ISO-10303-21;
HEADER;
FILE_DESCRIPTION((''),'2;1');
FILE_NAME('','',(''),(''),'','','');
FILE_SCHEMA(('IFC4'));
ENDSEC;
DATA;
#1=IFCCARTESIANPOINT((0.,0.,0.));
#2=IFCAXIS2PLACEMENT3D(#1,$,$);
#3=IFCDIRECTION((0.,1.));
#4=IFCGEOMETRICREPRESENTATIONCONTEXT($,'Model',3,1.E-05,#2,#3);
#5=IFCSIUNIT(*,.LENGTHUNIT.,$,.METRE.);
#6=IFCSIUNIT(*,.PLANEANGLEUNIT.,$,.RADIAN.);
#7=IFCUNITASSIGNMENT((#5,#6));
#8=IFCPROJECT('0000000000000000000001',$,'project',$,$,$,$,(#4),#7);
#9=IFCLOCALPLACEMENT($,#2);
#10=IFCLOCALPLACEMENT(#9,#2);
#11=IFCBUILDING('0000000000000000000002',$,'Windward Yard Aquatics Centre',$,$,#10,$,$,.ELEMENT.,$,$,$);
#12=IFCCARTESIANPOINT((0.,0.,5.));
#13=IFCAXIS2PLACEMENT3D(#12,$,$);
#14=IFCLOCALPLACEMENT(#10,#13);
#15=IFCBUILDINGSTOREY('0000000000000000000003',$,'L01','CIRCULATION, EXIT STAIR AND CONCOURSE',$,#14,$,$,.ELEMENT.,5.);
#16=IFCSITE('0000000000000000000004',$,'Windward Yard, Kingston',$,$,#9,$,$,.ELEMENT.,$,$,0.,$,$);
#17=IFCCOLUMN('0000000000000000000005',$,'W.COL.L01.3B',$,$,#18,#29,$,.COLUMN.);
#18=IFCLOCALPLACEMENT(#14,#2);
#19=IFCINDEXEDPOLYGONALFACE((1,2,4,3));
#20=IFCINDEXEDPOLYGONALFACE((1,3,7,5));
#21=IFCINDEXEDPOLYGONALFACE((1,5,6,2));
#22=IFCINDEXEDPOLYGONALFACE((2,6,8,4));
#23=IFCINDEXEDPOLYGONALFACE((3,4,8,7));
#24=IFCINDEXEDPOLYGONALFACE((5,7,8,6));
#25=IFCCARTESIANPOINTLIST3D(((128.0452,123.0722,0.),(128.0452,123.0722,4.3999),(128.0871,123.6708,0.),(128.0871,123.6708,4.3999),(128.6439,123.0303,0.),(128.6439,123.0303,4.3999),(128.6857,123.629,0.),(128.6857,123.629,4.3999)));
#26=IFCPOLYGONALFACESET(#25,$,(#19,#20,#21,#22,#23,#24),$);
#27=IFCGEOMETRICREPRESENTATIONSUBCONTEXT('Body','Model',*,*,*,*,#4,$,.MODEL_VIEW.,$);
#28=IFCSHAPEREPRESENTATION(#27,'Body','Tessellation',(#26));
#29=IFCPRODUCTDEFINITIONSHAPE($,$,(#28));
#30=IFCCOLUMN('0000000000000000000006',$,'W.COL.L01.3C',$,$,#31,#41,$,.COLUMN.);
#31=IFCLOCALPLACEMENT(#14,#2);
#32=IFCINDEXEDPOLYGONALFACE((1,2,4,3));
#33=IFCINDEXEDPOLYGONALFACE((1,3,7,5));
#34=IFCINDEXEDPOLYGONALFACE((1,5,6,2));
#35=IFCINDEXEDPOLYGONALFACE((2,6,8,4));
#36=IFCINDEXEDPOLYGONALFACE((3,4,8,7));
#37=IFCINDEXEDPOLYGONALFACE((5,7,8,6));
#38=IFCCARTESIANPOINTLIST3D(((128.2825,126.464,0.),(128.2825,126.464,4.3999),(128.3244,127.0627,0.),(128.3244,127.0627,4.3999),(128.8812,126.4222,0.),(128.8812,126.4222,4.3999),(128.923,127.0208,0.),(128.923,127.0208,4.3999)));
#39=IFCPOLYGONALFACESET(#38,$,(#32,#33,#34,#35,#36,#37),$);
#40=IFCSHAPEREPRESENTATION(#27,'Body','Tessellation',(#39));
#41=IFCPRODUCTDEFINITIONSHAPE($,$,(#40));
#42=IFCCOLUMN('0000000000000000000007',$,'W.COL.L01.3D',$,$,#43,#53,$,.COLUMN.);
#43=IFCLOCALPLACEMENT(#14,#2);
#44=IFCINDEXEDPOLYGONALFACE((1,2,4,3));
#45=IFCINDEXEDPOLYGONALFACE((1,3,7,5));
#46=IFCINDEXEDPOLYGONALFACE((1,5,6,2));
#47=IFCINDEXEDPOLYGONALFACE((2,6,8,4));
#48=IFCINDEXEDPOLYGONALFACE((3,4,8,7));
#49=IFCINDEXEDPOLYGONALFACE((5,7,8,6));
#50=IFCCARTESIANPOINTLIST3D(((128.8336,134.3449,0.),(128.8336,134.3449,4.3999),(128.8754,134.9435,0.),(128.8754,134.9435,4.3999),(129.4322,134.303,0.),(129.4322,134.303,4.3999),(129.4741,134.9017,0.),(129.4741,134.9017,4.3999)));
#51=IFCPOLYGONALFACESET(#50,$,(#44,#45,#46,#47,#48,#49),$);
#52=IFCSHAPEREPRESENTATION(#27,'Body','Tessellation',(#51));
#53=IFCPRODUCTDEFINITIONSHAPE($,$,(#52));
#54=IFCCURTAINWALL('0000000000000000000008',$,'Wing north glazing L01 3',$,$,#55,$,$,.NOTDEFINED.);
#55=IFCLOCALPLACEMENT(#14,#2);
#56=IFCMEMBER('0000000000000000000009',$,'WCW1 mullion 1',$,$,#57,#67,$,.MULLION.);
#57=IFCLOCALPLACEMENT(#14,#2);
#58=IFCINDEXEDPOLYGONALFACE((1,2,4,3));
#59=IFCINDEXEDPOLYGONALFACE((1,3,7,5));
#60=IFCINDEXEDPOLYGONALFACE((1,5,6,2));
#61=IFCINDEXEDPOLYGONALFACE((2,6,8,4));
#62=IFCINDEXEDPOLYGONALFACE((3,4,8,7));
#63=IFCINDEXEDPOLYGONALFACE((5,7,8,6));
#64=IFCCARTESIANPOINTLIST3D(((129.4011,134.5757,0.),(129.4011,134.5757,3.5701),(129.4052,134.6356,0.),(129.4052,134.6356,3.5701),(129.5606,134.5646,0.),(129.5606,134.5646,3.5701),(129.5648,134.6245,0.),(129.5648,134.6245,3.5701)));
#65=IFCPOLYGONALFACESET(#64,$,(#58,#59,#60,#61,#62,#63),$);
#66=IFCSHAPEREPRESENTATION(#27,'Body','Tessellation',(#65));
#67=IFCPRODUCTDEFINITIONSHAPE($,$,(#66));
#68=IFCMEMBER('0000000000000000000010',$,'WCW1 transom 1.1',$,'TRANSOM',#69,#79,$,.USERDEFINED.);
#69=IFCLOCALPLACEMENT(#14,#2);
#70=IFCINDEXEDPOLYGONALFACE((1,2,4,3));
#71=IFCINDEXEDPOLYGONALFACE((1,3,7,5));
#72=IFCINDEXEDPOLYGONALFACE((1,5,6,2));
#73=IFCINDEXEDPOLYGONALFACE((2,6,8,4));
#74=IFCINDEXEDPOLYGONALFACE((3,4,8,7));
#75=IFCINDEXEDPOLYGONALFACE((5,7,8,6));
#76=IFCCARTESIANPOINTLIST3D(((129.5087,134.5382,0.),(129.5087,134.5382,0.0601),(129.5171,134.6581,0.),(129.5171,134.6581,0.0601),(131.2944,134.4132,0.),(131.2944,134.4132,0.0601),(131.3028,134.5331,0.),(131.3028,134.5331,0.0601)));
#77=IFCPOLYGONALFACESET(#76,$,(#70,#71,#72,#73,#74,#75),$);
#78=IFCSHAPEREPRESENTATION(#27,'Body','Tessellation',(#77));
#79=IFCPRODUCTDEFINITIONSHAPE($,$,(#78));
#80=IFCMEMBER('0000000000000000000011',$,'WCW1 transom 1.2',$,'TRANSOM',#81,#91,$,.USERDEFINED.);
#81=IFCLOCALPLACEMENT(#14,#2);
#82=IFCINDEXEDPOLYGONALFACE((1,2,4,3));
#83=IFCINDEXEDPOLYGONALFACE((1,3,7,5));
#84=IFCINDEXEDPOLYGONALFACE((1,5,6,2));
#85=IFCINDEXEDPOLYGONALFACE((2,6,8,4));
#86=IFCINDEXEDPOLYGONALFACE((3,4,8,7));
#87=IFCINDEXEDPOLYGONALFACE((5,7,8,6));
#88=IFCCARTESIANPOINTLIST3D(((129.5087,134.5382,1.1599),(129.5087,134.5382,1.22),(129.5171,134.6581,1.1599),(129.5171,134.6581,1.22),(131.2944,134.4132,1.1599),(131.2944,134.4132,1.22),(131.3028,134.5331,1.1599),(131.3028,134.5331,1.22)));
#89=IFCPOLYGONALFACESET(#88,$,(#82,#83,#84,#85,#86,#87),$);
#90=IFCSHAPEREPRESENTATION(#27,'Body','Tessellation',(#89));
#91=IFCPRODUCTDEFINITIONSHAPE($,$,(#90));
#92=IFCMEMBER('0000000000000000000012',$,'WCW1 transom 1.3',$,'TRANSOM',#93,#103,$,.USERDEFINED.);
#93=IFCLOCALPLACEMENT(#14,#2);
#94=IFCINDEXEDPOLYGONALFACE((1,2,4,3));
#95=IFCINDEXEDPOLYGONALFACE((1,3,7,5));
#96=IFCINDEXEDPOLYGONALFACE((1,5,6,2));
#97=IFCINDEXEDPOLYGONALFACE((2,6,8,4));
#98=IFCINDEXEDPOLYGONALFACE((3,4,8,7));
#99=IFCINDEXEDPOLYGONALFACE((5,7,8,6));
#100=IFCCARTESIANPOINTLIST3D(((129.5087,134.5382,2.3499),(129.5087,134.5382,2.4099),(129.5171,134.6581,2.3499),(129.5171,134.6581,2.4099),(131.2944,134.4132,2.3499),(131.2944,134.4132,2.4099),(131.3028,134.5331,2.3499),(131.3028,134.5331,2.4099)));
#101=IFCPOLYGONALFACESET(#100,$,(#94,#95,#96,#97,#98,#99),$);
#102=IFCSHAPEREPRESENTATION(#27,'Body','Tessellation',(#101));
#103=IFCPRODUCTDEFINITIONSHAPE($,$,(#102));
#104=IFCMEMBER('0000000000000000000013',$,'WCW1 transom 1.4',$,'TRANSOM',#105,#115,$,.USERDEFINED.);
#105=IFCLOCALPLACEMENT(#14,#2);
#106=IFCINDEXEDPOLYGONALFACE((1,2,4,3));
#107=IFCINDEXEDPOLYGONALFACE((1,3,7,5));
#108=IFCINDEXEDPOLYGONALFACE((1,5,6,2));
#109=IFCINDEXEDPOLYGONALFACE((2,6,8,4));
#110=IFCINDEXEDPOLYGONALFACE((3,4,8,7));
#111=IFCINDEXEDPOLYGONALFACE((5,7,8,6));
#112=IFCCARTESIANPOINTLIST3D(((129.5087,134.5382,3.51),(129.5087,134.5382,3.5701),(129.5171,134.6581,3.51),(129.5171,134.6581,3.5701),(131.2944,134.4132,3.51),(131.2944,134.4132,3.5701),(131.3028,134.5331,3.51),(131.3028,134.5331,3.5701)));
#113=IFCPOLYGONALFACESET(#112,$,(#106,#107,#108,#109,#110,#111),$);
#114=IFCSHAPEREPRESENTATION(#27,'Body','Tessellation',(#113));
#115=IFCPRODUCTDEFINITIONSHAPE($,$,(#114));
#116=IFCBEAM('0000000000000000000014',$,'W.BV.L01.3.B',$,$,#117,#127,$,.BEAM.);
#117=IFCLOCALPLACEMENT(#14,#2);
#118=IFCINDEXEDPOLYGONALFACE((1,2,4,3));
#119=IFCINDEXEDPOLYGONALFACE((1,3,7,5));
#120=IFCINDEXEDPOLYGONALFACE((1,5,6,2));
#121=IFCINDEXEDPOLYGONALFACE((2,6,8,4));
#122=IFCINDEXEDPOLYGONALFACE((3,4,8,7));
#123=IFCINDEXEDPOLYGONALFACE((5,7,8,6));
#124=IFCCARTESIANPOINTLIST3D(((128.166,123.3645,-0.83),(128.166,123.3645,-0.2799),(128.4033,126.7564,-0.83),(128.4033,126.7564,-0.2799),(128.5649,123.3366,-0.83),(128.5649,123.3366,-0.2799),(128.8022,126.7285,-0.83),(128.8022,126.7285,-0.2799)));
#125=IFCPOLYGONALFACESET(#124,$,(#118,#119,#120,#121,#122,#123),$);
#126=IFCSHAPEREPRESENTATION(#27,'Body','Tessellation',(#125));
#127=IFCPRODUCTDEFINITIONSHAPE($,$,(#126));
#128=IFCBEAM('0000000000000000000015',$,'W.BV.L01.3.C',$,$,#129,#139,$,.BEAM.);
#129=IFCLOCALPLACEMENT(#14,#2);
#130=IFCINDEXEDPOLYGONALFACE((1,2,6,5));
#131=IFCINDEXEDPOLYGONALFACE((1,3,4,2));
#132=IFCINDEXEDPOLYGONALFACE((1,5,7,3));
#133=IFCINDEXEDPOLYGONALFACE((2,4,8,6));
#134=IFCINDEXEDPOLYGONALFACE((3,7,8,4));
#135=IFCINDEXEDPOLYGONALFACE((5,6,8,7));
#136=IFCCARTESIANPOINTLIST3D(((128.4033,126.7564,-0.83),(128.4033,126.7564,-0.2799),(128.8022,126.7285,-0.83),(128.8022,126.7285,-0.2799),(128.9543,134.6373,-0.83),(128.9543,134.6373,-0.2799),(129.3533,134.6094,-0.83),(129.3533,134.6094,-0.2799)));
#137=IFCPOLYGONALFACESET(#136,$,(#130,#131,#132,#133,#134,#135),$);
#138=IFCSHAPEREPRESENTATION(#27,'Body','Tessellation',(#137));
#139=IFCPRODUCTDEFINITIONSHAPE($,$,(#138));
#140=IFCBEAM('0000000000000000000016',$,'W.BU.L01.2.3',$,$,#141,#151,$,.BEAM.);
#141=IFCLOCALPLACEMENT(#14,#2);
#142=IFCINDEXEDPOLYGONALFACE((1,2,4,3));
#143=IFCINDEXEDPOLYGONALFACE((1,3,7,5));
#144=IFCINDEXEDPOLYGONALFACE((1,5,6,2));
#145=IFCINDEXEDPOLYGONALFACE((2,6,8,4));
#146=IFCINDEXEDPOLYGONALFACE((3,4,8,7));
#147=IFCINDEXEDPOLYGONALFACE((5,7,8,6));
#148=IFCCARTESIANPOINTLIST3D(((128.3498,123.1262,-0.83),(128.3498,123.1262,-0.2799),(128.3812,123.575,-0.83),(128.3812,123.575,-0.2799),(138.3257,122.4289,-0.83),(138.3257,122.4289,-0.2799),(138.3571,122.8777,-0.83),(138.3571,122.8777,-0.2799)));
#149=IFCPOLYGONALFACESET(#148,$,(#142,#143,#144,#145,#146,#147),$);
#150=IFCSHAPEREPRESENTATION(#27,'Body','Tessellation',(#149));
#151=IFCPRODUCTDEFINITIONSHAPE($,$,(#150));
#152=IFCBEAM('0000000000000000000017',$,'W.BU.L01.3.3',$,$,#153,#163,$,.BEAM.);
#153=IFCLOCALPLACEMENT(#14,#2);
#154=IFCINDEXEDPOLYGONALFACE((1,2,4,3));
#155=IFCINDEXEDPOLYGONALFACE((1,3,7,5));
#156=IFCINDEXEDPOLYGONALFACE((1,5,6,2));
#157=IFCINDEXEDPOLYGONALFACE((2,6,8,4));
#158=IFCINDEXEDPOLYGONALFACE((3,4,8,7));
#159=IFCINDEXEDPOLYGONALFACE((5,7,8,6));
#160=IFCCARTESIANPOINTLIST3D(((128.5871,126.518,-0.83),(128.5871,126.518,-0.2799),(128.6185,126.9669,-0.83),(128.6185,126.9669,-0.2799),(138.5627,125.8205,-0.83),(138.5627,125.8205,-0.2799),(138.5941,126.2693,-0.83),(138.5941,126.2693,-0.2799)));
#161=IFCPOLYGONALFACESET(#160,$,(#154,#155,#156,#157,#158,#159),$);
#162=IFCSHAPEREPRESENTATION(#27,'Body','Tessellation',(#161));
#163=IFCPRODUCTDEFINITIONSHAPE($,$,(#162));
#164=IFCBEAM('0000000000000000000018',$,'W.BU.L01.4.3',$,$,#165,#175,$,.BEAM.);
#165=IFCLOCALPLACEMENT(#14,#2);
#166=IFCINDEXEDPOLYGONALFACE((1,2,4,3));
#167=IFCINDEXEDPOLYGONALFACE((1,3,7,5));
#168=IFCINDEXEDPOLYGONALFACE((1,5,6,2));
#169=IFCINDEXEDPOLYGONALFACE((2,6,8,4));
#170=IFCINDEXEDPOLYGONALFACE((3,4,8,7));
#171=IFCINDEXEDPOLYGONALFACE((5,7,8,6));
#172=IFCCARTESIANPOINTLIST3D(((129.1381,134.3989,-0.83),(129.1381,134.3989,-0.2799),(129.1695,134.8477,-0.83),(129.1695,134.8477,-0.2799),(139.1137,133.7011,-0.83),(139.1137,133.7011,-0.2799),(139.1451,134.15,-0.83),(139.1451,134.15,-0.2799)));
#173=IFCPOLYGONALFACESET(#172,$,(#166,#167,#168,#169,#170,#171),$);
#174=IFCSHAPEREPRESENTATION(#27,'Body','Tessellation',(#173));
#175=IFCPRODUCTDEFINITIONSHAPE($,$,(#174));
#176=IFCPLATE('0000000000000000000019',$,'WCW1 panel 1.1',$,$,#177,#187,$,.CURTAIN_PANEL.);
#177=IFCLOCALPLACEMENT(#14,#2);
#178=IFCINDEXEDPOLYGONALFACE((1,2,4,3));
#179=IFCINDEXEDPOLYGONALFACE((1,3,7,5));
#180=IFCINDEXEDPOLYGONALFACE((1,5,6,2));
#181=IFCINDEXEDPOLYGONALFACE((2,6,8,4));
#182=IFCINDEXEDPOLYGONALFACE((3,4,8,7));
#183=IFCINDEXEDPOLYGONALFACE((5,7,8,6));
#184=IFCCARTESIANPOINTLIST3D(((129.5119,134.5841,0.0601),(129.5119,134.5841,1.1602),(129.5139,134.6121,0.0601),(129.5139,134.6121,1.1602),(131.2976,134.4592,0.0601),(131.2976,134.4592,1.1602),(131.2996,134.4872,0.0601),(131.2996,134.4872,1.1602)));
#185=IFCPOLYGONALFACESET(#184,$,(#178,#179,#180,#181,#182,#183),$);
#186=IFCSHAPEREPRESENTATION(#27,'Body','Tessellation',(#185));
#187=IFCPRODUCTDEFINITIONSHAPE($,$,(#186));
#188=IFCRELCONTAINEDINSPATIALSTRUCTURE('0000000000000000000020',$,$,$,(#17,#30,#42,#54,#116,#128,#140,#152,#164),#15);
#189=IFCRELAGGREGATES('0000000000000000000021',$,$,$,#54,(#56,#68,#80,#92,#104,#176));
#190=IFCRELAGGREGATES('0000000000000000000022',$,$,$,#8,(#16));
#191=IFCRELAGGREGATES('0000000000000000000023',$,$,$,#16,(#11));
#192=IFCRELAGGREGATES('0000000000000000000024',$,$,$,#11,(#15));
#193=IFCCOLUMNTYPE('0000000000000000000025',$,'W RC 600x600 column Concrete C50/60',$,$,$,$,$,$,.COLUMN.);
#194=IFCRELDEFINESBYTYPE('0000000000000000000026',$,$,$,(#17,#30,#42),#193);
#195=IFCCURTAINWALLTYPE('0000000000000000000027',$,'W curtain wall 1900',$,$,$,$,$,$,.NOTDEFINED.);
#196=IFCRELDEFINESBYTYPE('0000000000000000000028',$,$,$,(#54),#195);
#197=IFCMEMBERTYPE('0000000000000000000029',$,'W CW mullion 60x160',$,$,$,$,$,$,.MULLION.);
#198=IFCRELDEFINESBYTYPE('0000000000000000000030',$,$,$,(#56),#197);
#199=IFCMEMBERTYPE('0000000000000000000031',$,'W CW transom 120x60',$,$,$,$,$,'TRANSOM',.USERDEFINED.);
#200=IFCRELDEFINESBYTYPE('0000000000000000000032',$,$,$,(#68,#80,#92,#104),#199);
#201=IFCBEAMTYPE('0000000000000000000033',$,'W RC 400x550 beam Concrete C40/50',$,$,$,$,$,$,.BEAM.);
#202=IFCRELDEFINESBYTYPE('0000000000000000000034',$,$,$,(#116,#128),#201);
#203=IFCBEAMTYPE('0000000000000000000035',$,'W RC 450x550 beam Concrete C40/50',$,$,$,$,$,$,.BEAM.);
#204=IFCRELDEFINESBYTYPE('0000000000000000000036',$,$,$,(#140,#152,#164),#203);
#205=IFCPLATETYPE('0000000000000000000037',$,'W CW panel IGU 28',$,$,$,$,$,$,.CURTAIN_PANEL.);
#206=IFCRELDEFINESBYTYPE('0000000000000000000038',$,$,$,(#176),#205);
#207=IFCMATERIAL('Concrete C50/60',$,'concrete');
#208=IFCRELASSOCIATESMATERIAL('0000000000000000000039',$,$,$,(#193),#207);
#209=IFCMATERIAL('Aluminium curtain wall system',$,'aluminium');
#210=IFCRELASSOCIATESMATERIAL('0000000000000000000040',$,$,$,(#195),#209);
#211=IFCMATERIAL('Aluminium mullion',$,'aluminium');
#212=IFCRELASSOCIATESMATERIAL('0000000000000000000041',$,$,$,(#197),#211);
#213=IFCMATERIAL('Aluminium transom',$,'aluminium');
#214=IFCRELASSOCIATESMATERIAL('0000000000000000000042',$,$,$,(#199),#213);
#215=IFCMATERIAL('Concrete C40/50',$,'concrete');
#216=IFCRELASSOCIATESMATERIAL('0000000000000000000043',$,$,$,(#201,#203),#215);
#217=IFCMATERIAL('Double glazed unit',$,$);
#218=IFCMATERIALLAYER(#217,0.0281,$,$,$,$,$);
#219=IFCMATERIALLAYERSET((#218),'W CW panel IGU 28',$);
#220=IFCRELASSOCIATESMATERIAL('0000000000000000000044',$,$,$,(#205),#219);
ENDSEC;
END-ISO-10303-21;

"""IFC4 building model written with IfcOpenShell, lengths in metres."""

from ifc_helpers import new_model, si_unit, direction, frame, origin, origin_2d, place, context, subcontext, project, spatial, rectangle, extrude, material, layer, layer_set, material_profile, profile_set, type_object, element, aggregate, save


model = new_model("IFC4")

# Units and contexts
model_context = context("Model", 3, precision=1e-05, world=origin(), true_north=direction((0.0, 1.0)))
body_context = subcontext(model_context, "Body", "Model", "MODEL_VIEW")
ifc_project = project(units=[si_unit("LENGTHUNIT", "METRE"), si_unit("PLANEANGLEUNIT", "RADIAN")], contexts=[model_context])

# Site, building, storey
site_placement = place(None, origin())
site = spatial("IfcSite", under=ifc_project, at=site_placement, Name="Windward Yard, Kingston", CompositionType="ELEMENT", RefElevation=0.0)
building_placement = place(site_placement, origin())
building = spatial("IfcBuilding", under=site, at=building_placement, Name="Windward Yard Aquatics Centre", CompositionType="ELEMENT")
storey_placement = place(building_placement, frame((0.0, 0.0, 5.0)))
storey = spatial("IfcBuildingStorey", under=building, at=storey_placement, Name="L01", Description="CIRCULATION, EXIT STAIR AND CONCOURSE", CompositionType="ELEMENT", Elevation=5.0)

# Columns
ifc_material_1 = material(Name="Concrete C50/60", Category="concrete")
ifc_material_profile_1 = material_profile(ifc_material_1, rectangle(XDim=0.6001, YDim=0.6001, at=origin_2d()), Name="RC 600x600")
ifc_profile_set_1 = profile_set([ifc_material_profile_1], Name="Concrete C50/60")
column_type = type_object("IfcColumnType", Name="W RC 600x600 column Concrete C50/60", PredefinedType="COLUMN", material=ifc_profile_set_1)
for number, where, z_axis, x_axis, name in (
    (1, (128.3655, 123.3506, 0.0), (0.0, 0.0, 1.0), (0.997564, -0.069756, 0.0), "W.COL.L01.3B"),
    (2, (128.6028, 126.7424, 0.0), (0.0, 0.0, 1.0), (0.997564, -0.069756, 0.0), "W.COL.L01.3C"),
    (3, (129.1538, 134.6233, 0.0), (0.0, 0.0, 1.0), (0.997564, -0.069756, 0.0), "W.COL.L01.3D"),
):
    element("IfcColumn", number, at=place(storey_placement, frame(where, z_axis=z_axis, x_axis=x_axis)), inside=storey, type_object=column_type, Name=name, PredefinedType="COLUMN", context=body_context, shape_type="SweptSolid", body=[
        extrude(rectangle(XDim=0.6001, YDim=0.6001, at=origin_2d()), origin(), (0.0, 0.0, 1.0), 4.3999),
    ])

# Curtain wall, members
ifc_material_2 = material(Name="Aluminium curtain wall system", Category="aluminium")
curtain_wall_type = type_object("IfcCurtainWallType", Name="W curtain wall 1900", PredefinedType="NOTDEFINED", material=ifc_material_2)
curtain_wall_placement = place(storey_placement, origin())
curtain_wall = element("IfcCurtainWall", 4, at=curtain_wall_placement, inside=storey, type_object=curtain_wall_type, Name="Wing north glazing L01 3", PredefinedType="NOTDEFINED")
ifc_material_3 = material(Name="Aluminium mullion", Category="aluminium")
ifc_material_profile_2 = material_profile(ifc_material_3, rectangle(XDim=0.0601, YDim=0.1599, at=origin_2d()), Name="AL 60x160")
ifc_profile_set_2 = profile_set([ifc_material_profile_2], Name="Aluminium mullion")
member_type_1 = type_object("IfcMemberType", Name="W CW mullion 60x160", PredefinedType="MULLION", material=ifc_profile_set_2)
member_1_placement = place(storey_placement, frame((129.4829, 134.6001, 0.0), z_axis=(0.0, 0.0, 1.0), x_axis=(0.069755, 0.997564, 0.0)))
member_1 = element("IfcMember", 5, at=member_1_placement, type_object=member_type_1, Name="WCW1 mullion 1", PredefinedType="MULLION", context=body_context, shape_type="SweptSolid", body=[
    extrude(rectangle(XDim=0.0601, YDim=0.1599, at=origin_2d()), origin(), (0.0, 0.0, 1.0), 3.5701),
])
ifc_material_4 = material(Name="Aluminium transom", Category="aluminium")
ifc_material_profile_3 = material_profile(ifc_material_4, rectangle(XDim=0.1201, YDim=0.0601, at=origin_2d()), Name="AL 120x60")
ifc_profile_set_3 = profile_set([ifc_material_profile_3], Name="Aluminium transom")
member_type_2 = type_object("IfcMemberType", Name="W CW transom 120x60", ElementType="TRANSOM", PredefinedType="USERDEFINED", material=ifc_profile_set_3)
member_2_placement = place(storey_placement, frame((129.5129, 134.5981, 0.03), z_axis=(0.997559, -0.069832, 0.0), x_axis=(0.069832, 0.997559, 0.0)))
member_2 = element("IfcMember", 6, at=member_2_placement, type_object=member_type_2, Name="WCW1 transom 1.1", ObjectType="TRANSOM", PredefinedType="USERDEFINED", context=body_context, shape_type="SweptSolid", body=[
    extrude(rectangle(XDim=0.1201, YDim=0.0601, at=origin_2d()), origin(), (0.0, 0.0, 1.0), 1.79),
])
member_3_placement = place(storey_placement, frame((129.5129, 134.5981, 1.1899), z_axis=(0.997559, -0.069832, 0.0), x_axis=(0.069832, 0.997559, 0.0)))
member_3 = element("IfcMember", 7, at=member_3_placement, type_object=member_type_2, Name="WCW1 transom 1.2", ObjectType="TRANSOM", PredefinedType="USERDEFINED", context=body_context, shape_type="SweptSolid", body=[
    extrude(rectangle(XDim=0.1201, YDim=0.0601, at=origin_2d()), origin(), (0.0, 0.0, 1.0), 1.79),
])
member_4_placement = place(storey_placement, frame((129.5129, 134.5981, 2.3799), z_axis=(0.997559, -0.069832, 0.0), x_axis=(0.069832, 0.997559, 0.0)))
member_4 = element("IfcMember", 8, at=member_4_placement, type_object=member_type_2, Name="WCW1 transom 1.3", ObjectType="TRANSOM", PredefinedType="USERDEFINED", context=body_context, shape_type="SweptSolid", body=[
    extrude(rectangle(XDim=0.1201, YDim=0.0601, at=origin_2d()), origin(), (0.0, 0.0, 1.0), 1.79),
])
member_5_placement = place(storey_placement, frame((129.5129, 134.5981, 3.54), z_axis=(0.997559, -0.069832, 0.0), x_axis=(0.069832, 0.997559, 0.0)))
member_5 = element("IfcMember", 9, at=member_5_placement, type_object=member_type_2, Name="WCW1 transom 1.4", ObjectType="TRANSOM", PredefinedType="USERDEFINED", context=body_context, shape_type="SweptSolid", body=[
    extrude(rectangle(XDim=0.1201, YDim=0.0601, at=origin_2d()), origin(), (0.0, 0.0, 1.0), 1.79),
])

# Beams
ifc_material_5 = material(Name="Concrete C40/50", Category="concrete")
ifc_material_profile_4 = material_profile(ifc_material_5, rectangle(XDim=0.3999, YDim=0.55, at=origin_2d()), Name="RC 400x550")
ifc_profile_set_4 = profile_set([ifc_material_profile_4], Name="Concrete C40/50")
beam_type_1 = type_object("IfcBeamType", Name="W RC 400x550 beam Concrete C40/50", PredefinedType="BEAM", material=ifc_profile_set_4)
beam_1_placement = place(storey_placement, frame((128.3655, 123.3506, -0.5549), z_axis=(0.069793, 0.997562, 0.0), x_axis=(-0.997562, 0.069793, 0.0)))
element("IfcBeam", 10, at=beam_1_placement, inside=storey, type_object=beam_type_1, Name="W.BV.L01.3.B", PredefinedType="BEAM", context=body_context, shape_type="SweptSolid", body=[
    extrude(rectangle(XDim=0.3999, YDim=0.55, at=origin_2d()), origin(), (0.0, 0.0, 1.0), 3.4001),
])
beam_2_placement = place(storey_placement, frame((128.6028, 126.7424, -0.5549), z_axis=(0.069749, 0.997565, 0.0), x_axis=(-0.997565, 0.069749, 0.0)))
element("IfcBeam", 11, at=beam_2_placement, inside=storey, type_object=beam_type_1, Name="W.BV.L01.3.C", PredefinedType="BEAM", context=body_context, shape_type="SweptSolid", body=[
    extrude(rectangle(XDim=0.3999, YDim=0.55, at=origin_2d()), origin(), (0.0, 0.0, 1.0), 7.9001),
])
ifc_material_profile_5 = material_profile(ifc_material_5, rectangle(XDim=0.45, YDim=0.55, at=origin_2d()), Name="RC 450x550")
ifc_profile_set_5 = profile_set([ifc_material_profile_5], Name="Concrete C40/50")
beam_type_2 = type_object("IfcBeamType", Name="W RC 450x550 beam Concrete C40/50", PredefinedType="BEAM", material=ifc_profile_set_5)
beam_3_placement = place(storey_placement, frame((128.3655, 123.3506, -0.5549), z_axis=(0.997566, -0.069725, 0.0), x_axis=(0.069725, 0.997566, 0.0)))
element("IfcBeam", 12, at=beam_3_placement, inside=storey, type_object=beam_type_2, Name="W.BU.L01.2.3", PredefinedType="BEAM", context=body_context, shape_type="SweptSolid", body=[
    extrude(rectangle(XDim=0.45, YDim=0.55, at=origin_2d()), origin(), (0.0, 0.0, 1.0), 10.0002),
])
for number, where, z_axis, x_axis, name in (
    (13, (128.6028, 126.7424, -0.5549), (0.997564, -0.069751, 0.0), (0.069751, 0.997564, 0.0), "W.BU.L01.3.3"),
    (14, (129.1538, 134.6233, -0.5549), (0.997563, -0.069776, 0.0), (0.069776, 0.997563, 0.0), "W.BU.L01.4.3"),
):
    element("IfcBeam", number, at=place(storey_placement, frame(where, z_axis=z_axis, x_axis=x_axis)), inside=storey, type_object=beam_type_2, Name=name, PredefinedType="BEAM", context=body_context, shape_type="SweptSolid", body=[
        extrude(rectangle(XDim=0.45, YDim=0.55, at=origin_2d()), origin(), (0.0, 0.0, 1.0), 10.0),
    ])

# Plate
ifc_material_6 = material(Name="Double glazed unit")
ifc_layer_1 = layer(ifc_material_6, 0.0281)
ifc_layer_set_1 = layer_set([ifc_layer_1], Name="W CW panel IGU 28")
plate_type = type_object("IfcPlateType", Name="W CW panel IGU 28", PredefinedType="CURTAIN_PANEL", material=ifc_layer_set_1)
plate_placement = place(storey_placement, frame((130.4058, 134.5356, 0.0601), z_axis=(0.0, 0.0, 1.0), x_axis=(0.997564, -0.069755, 0.0)))
plate = element("IfcPlate", 15, at=plate_placement, type_object=plate_type, Name="WCW1 panel 1.1", PredefinedType="CURTAIN_PANEL", context=body_context, shape_type="SweptSolid", body=[
    extrude(rectangle(XDim=1.79, YDim=0.0281, at=origin_2d()), origin(), (0.0, 0.0, 1.0), 1.1001),
])
aggregate(curtain_wall, [member_1, member_2, member_3, member_4, member_5, plate])

save(model, "model.ifc")
